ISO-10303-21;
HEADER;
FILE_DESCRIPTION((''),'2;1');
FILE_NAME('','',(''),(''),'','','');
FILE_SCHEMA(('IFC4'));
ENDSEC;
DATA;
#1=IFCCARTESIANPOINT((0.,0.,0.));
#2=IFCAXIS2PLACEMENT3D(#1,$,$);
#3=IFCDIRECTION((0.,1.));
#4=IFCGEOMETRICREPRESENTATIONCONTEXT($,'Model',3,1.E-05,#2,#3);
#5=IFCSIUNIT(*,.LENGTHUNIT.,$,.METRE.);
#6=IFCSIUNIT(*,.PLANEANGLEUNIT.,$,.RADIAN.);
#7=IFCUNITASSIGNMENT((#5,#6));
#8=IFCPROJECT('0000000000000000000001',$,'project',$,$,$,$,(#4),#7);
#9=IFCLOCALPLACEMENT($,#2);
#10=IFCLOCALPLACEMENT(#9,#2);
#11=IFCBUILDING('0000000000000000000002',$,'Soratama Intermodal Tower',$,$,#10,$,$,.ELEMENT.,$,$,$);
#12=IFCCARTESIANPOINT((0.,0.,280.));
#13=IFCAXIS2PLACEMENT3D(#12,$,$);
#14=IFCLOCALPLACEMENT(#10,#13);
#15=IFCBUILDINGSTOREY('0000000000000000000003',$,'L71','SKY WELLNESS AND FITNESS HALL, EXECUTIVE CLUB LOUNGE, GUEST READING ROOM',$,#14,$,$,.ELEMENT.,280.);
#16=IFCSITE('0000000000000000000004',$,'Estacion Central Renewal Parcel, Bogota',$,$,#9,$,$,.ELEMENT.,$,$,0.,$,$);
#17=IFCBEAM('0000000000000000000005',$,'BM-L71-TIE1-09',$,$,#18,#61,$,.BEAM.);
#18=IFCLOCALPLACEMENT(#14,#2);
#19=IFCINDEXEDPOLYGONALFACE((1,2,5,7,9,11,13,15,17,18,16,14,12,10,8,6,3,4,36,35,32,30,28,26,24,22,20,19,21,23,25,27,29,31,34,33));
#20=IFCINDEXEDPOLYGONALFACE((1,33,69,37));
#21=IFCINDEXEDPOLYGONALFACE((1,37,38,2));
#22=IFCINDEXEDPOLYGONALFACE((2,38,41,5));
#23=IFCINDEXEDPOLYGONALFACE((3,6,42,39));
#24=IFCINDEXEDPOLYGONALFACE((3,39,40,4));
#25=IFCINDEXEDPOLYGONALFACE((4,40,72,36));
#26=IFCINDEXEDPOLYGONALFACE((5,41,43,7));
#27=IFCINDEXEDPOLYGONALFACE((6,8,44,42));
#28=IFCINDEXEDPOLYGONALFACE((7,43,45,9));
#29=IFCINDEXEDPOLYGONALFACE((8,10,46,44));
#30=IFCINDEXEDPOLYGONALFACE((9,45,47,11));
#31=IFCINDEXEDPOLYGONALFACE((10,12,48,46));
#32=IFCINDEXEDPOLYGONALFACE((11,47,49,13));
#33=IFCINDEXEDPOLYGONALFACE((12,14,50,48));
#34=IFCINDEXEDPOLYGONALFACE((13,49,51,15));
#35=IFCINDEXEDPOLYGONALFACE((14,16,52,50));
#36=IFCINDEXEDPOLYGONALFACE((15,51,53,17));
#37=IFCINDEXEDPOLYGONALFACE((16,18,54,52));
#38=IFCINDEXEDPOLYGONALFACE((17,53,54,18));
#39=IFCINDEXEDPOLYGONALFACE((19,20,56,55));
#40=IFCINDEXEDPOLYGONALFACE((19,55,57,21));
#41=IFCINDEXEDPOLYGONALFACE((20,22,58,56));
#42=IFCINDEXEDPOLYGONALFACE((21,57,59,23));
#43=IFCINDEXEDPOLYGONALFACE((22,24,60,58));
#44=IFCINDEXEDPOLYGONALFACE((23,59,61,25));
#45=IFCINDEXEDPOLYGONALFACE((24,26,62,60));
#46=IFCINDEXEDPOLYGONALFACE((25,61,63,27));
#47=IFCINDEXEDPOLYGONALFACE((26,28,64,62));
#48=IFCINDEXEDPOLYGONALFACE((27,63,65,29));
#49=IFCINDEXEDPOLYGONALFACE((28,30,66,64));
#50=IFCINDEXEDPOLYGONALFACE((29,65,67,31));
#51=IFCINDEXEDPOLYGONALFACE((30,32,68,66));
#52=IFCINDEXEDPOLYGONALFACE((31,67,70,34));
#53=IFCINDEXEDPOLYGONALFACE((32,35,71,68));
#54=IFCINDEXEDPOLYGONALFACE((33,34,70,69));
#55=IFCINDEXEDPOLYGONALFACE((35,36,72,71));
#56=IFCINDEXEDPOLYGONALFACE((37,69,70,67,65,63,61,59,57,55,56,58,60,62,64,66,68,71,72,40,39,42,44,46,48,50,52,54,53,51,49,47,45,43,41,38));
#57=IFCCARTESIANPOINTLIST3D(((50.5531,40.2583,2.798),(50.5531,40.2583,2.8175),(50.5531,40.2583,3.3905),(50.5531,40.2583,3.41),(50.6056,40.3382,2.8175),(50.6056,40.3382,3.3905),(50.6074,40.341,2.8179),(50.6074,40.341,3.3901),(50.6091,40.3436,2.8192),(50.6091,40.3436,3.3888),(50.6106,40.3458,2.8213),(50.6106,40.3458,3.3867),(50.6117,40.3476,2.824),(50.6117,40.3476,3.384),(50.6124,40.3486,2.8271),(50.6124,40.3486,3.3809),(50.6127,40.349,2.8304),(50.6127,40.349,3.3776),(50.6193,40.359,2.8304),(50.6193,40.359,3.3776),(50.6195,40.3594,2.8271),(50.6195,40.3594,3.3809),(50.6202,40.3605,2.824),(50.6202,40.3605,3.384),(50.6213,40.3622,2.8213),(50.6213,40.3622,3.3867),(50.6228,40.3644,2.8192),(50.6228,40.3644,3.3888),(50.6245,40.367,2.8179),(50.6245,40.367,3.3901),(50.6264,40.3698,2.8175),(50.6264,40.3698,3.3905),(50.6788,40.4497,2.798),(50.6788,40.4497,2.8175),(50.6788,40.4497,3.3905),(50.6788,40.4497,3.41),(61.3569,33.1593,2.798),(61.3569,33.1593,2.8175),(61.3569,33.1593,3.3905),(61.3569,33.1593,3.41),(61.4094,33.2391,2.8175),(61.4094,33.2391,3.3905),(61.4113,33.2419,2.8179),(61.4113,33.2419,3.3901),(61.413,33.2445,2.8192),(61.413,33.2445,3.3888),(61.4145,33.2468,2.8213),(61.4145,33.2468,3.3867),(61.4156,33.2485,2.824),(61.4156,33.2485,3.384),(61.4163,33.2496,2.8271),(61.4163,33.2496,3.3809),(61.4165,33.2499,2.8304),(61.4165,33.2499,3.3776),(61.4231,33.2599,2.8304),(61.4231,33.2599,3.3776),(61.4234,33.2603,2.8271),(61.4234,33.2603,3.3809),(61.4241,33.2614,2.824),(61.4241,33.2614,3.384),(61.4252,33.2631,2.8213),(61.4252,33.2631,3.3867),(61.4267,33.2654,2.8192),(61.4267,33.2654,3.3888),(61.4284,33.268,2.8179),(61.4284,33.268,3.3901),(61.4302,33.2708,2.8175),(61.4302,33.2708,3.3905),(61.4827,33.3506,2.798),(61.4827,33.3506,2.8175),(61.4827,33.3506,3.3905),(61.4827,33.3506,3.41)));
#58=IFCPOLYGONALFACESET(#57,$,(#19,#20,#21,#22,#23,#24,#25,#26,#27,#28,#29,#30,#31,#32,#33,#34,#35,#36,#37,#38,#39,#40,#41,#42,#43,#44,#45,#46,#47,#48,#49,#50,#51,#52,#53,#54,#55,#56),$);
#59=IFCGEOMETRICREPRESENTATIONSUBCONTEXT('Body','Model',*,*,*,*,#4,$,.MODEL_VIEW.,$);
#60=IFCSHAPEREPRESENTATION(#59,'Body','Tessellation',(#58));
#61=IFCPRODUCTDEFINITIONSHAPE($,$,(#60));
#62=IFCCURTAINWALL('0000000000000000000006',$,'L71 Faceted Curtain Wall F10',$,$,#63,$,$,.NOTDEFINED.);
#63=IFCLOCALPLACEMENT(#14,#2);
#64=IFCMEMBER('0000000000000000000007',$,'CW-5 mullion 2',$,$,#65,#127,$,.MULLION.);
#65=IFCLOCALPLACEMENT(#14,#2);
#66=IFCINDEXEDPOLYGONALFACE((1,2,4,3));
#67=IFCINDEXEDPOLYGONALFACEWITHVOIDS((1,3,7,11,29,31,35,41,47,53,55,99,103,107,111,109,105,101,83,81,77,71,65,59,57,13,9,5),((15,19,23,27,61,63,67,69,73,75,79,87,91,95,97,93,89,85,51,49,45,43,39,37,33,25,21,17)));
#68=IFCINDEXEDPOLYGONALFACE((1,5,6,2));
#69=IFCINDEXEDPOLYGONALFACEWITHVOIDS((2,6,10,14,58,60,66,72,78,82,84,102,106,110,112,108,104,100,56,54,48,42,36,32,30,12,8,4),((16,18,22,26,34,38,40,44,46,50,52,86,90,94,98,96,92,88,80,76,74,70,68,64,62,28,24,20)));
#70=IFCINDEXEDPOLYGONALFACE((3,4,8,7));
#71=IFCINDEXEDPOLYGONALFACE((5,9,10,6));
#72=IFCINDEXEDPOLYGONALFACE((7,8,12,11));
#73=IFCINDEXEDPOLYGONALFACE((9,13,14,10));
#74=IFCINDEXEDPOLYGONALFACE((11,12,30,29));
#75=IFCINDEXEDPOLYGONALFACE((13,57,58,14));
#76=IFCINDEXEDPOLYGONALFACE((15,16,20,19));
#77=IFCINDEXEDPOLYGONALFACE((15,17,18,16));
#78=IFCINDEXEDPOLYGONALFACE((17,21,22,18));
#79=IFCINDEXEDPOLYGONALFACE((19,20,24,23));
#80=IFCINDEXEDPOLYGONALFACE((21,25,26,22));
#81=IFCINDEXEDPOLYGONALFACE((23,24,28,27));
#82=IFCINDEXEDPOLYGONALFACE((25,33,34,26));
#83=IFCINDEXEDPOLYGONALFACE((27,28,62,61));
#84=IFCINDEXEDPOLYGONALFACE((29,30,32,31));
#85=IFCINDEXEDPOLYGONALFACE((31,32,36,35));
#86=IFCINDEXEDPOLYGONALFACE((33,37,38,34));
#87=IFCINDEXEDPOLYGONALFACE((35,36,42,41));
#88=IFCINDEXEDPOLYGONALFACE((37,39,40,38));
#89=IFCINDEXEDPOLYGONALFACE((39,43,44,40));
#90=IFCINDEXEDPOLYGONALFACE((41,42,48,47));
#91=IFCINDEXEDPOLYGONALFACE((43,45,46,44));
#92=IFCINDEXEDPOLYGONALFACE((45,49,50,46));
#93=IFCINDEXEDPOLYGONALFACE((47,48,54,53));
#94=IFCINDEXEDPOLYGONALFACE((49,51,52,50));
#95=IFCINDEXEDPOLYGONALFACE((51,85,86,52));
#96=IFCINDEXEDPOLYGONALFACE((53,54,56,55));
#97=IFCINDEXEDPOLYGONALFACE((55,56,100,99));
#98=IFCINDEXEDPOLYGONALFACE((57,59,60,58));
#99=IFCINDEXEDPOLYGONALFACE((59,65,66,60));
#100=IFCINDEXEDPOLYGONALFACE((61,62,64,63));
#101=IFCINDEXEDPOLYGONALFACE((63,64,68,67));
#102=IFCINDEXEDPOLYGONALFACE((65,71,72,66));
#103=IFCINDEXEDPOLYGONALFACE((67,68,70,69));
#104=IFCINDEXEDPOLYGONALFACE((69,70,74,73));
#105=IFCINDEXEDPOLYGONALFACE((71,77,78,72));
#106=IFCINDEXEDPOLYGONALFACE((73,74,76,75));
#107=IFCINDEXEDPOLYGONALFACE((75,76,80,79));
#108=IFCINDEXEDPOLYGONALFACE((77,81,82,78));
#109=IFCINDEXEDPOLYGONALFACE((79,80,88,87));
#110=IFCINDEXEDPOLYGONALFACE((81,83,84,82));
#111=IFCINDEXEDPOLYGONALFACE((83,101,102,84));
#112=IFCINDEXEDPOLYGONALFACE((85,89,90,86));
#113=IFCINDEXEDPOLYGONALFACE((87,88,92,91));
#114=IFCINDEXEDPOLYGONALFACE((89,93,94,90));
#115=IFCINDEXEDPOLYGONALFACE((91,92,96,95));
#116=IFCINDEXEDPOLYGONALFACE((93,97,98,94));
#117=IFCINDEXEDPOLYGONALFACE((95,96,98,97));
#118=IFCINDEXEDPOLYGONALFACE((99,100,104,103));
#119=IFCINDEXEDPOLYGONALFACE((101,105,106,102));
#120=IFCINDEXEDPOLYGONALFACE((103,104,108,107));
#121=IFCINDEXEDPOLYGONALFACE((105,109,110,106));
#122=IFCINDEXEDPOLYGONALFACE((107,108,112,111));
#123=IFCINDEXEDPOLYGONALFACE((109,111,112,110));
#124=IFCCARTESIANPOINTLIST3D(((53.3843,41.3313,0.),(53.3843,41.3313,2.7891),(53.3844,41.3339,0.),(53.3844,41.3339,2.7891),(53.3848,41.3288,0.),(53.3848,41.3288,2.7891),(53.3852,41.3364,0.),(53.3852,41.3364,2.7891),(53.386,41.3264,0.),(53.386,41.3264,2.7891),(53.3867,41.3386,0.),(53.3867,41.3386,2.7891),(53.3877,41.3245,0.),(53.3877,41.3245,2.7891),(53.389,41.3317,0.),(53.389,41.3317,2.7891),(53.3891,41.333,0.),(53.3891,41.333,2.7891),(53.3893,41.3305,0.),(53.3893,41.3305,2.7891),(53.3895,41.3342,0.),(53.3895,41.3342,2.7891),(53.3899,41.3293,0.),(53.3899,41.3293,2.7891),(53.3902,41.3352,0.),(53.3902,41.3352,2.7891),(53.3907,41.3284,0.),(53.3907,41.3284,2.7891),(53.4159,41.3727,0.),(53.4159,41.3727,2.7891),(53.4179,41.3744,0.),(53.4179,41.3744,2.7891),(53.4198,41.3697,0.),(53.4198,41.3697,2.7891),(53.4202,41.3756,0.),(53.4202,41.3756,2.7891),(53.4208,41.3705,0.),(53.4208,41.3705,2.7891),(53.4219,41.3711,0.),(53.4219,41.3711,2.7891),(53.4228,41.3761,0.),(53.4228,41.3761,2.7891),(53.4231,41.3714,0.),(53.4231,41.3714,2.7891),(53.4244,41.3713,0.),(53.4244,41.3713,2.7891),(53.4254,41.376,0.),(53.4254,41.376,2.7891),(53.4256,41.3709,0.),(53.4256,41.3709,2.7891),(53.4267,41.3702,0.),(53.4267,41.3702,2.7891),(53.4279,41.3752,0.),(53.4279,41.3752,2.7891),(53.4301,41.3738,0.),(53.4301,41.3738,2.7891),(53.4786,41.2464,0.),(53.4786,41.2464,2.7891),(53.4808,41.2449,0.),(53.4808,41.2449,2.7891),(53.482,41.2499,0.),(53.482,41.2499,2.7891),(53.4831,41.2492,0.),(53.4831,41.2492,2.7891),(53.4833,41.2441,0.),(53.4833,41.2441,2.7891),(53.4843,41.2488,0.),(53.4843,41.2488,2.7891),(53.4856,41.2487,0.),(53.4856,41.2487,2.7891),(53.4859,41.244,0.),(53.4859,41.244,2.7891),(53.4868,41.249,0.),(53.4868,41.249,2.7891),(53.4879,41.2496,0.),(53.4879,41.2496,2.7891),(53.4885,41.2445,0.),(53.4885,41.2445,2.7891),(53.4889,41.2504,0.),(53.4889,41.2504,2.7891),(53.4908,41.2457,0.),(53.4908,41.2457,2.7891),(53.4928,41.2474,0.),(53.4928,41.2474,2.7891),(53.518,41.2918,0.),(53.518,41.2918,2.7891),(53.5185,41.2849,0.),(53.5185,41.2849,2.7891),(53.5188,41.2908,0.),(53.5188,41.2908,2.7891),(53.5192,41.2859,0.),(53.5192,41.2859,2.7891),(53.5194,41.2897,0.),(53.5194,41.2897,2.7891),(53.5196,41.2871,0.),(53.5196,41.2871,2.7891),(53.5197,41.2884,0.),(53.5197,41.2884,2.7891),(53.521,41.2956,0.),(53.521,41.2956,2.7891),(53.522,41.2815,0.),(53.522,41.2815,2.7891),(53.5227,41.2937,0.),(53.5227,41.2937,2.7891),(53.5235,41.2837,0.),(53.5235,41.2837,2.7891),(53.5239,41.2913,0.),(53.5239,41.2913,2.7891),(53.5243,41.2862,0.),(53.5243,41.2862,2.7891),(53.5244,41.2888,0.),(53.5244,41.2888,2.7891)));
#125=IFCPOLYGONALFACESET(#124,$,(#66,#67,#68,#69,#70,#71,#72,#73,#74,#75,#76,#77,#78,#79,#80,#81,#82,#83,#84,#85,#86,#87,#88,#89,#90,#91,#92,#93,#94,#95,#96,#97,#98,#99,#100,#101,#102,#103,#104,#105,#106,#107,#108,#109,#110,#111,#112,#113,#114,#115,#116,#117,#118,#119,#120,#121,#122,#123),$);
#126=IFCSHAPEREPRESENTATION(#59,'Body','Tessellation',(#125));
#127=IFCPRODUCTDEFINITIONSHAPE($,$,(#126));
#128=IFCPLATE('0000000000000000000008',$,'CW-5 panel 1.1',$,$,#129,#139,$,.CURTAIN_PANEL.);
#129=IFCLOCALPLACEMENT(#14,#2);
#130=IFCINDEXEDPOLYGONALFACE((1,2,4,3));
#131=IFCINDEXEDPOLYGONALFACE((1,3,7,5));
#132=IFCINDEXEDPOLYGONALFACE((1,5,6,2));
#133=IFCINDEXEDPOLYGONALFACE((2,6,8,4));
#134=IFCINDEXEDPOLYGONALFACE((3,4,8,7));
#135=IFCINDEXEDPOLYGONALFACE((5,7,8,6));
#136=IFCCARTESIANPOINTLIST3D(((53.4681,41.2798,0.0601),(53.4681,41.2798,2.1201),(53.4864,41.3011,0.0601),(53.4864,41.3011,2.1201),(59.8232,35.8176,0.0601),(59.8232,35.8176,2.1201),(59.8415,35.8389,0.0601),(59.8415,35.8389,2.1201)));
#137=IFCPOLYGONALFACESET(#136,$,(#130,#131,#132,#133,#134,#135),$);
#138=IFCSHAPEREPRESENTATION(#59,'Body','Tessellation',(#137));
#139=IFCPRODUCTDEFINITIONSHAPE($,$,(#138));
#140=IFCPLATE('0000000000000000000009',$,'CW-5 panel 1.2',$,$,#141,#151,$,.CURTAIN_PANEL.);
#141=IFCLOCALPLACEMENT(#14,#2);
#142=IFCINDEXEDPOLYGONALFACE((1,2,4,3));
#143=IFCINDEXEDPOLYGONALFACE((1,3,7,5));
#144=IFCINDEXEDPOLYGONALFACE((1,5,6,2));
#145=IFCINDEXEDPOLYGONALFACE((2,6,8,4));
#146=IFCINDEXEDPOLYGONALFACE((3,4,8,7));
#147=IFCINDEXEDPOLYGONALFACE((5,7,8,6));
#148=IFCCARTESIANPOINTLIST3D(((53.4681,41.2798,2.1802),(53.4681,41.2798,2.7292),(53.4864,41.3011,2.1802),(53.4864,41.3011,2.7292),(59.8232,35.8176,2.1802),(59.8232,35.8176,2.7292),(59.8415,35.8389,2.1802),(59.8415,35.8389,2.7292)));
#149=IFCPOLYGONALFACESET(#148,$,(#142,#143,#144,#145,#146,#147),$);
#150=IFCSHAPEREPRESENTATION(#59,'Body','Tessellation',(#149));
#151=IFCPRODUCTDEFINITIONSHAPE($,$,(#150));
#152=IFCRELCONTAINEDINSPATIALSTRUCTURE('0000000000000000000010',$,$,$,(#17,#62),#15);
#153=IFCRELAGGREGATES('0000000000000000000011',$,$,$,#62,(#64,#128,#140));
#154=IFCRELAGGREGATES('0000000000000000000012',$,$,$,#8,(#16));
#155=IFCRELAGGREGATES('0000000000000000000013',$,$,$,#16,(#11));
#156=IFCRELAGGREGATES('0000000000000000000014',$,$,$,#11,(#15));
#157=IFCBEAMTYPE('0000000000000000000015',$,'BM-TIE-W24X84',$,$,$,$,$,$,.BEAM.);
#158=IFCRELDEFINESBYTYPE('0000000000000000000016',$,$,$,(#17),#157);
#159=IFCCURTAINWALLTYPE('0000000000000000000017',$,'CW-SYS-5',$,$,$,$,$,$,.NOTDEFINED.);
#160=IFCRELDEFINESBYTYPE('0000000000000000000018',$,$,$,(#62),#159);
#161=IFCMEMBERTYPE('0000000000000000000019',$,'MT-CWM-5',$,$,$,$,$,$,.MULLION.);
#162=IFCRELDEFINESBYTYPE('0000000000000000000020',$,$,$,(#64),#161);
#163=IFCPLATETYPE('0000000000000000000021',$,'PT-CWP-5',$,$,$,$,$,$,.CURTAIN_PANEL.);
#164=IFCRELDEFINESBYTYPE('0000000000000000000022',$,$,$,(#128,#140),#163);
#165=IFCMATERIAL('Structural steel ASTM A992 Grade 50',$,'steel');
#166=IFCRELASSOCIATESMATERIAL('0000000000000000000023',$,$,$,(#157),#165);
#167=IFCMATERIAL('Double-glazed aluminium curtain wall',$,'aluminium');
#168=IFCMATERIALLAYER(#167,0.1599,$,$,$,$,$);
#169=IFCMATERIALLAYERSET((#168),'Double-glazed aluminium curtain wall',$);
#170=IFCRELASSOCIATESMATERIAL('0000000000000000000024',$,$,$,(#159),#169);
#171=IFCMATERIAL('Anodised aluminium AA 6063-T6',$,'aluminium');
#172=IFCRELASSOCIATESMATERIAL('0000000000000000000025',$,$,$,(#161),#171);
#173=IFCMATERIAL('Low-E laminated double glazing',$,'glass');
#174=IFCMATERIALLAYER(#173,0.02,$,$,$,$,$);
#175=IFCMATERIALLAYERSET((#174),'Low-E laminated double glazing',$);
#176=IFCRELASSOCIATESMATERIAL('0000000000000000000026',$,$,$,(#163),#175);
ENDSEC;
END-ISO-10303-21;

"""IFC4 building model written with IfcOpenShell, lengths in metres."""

from ifc_helpers import new_model, si_unit, direction, frame, origin, origin_2d, place, context, subcontext, project, spatial, rectangle, hollow_rectangle, i_section, extrude, material, layer, layer_set, material_profile, profile_set, type_object, element, aggregate, save


model = new_model("IFC4")

# Units and contexts
model_context = context("Model", 3, precision=1e-05, world=origin(), true_north=direction((0.0, 1.0)))
body_context = subcontext(model_context, "Body", "Model", "MODEL_VIEW")
ifc_project = project(units=[si_unit("LENGTHUNIT", "METRE"), si_unit("PLANEANGLEUNIT", "RADIAN")], contexts=[model_context])

# Site, building, storey
site_placement = place(None, origin())
site = spatial("IfcSite", under=ifc_project, at=site_placement, Name="Estacion Central Renewal Parcel, Bogota", CompositionType="ELEMENT", RefElevation=0.0)
building_placement = place(site_placement, origin())
building = spatial("IfcBuilding", under=site, at=building_placement, Name="Soratama Intermodal Tower", CompositionType="ELEMENT")
storey_placement = place(building_placement, frame((0.0, 0.0, 280.0)))
storey = spatial("IfcBuildingStorey", under=building, at=storey_placement, Name="L71", Description="SKY WELLNESS AND FITNESS HALL, EXECUTIVE CLUB LOUNGE, GUEST READING ROOM", CompositionType="ELEMENT", Elevation=280.0)

# Beam
ifc_material_1 = material(Name="Structural steel ASTM A992 Grade 50", Category="steel")
ifc_material_profile_1 = material_profile(ifc_material_1, i_section(OverallWidth=0.229, OverallDepth=0.6121, WebThickness=0.012, FlangeThickness=0.0195, FilletRadius=0.0129, at=origin_2d()), Name="W24X84")
ifc_profile_set_1 = profile_set([ifc_material_profile_1], Name="Structural steel ASTM A992 Grade 50")
beam_type_1 = type_object("IfcBeamType", Name="BM-TIE-W24X84", PredefinedType="BEAM", material=ifc_profile_set_1)
beam_1_placement = place(storey_placement, frame((50.616, 40.354, 3.104), z_axis=(0.835728, -0.549144, 0.0), x_axis=(0.549144, 0.835728, 0.0)))
element("IfcBeam", 1, at=beam_1_placement, inside=storey, type_object=beam_type_1, Name="BM-L71-TIE1-09", PredefinedType="BEAM", context=body_context, shape_type="SweptSolid", body=[
    extrude(i_section(OverallWidth=0.229, OverallDepth=0.6121, WebThickness=0.012, FlangeThickness=0.0195, FilletRadius=0.0129, at=origin_2d()), origin(), (0.0, 0.0, 1.0), 12.9275),
])

# Curtain wall, member, plates
ifc_material_2 = material(Name="Double-glazed aluminium curtain wall", Category="aluminium")
ifc_layer_1 = layer(ifc_material_2, 0.1599)
ifc_layer_set_1 = layer_set([ifc_layer_1], Name="Double-glazed aluminium curtain wall")
curtain_wall_type = type_object("IfcCurtainWallType", Name="CW-SYS-5", PredefinedType="NOTDEFINED", material=ifc_layer_set_1)
curtain_wall_placement = place(storey_placement, origin())
curtain_wall = element("IfcCurtainWall", 2, at=curtain_wall_placement, inside=storey, type_object=curtain_wall_type, Name="L71 Faceted Curtain Wall F10", PredefinedType="NOTDEFINED")
ifc_material_3 = material(Name="Anodised aluminium AA 6063-T6", Category="aluminium")
ifc_material_profile_2 = material_profile(ifc_material_3, hollow_rectangle(XDim=0.0649, YDim=0.1399, WallThickness=0.0049, InnerFilletRadius=0.0049, OuterFilletRadius=0.01, at=origin_2d()), Name="CWM140X65X5")
ifc_profile_set_2 = profile_set([ifc_material_profile_2], Name="Anodised aluminium AA 6063-T6")
member_type = type_object("IfcMemberType", Name="MT-CWM-5", PredefinedType="MULLION", material=ifc_profile_set_2)
member_placement = place(storey_placement, frame((53.4543, 41.3101, 0.0), z_axis=(0.0, 0.0, 1.0), x_axis=(-0.651826, -0.758369, 0.0)))
member = element("IfcMember", 3, at=member_placement, type_object=member_type, Name="CW-5 mullion 2", PredefinedType="MULLION", context=body_context, shape_type="SweptSolid", body=[
    extrude(hollow_rectangle(XDim=0.0649, YDim=0.1399, WallThickness=0.0049, InnerFilletRadius=0.0049, OuterFilletRadius=0.01, at=origin_2d()), origin(), (0.0, 0.0, 1.0), 2.7891),
])
ifc_material_4 = material(Name="Low-E laminated double glazing", Category="glass")
ifc_layer_2 = layer(ifc_material_4, 0.02)
ifc_layer_set_2 = layer_set([ifc_layer_2], Name="Low-E laminated double glazing")
plate_type = type_object("IfcPlateType", Name="PT-CWP-5", PredefinedType="CURTAIN_PANEL", material=ifc_layer_set_2)
plate_1_placement = place(storey_placement, frame((56.6548, 38.5593, 0.0601), z_axis=(0.0, 0.0, 1.0), x_axis=(-0.758369, 0.651826, 0.0)))
plate_1 = element("IfcPlate", 4, at=plate_1_placement, type_object=plate_type, Name="CW-5 panel 1.1", PredefinedType="CURTAIN_PANEL", context=body_context, shape_type="SweptSolid", body=[
    extrude(rectangle(XDim=8.3799, YDim=0.0281, at=origin_2d()), origin(), (0.0, 0.0, 1.0), 2.0601),
])
plate_2_placement = place(storey_placement, frame((56.6548, 38.5593, 2.1802), z_axis=(0.0, 0.0, 1.0), x_axis=(-0.758369, 0.651826, 0.0)))
plate_2 = element("IfcPlate", 5, at=plate_2_placement, type_object=plate_type, Name="CW-5 panel 1.2", PredefinedType="CURTAIN_PANEL", context=body_context, shape_type="SweptSolid", body=[
    extrude(rectangle(XDim=8.3799, YDim=0.0281, at=origin_2d()), origin(), (0.0, 0.0, 1.0), 0.5491),
])
aggregate(curtain_wall, [member, plate_1, plate_2])

save(model, "model.ifc")
